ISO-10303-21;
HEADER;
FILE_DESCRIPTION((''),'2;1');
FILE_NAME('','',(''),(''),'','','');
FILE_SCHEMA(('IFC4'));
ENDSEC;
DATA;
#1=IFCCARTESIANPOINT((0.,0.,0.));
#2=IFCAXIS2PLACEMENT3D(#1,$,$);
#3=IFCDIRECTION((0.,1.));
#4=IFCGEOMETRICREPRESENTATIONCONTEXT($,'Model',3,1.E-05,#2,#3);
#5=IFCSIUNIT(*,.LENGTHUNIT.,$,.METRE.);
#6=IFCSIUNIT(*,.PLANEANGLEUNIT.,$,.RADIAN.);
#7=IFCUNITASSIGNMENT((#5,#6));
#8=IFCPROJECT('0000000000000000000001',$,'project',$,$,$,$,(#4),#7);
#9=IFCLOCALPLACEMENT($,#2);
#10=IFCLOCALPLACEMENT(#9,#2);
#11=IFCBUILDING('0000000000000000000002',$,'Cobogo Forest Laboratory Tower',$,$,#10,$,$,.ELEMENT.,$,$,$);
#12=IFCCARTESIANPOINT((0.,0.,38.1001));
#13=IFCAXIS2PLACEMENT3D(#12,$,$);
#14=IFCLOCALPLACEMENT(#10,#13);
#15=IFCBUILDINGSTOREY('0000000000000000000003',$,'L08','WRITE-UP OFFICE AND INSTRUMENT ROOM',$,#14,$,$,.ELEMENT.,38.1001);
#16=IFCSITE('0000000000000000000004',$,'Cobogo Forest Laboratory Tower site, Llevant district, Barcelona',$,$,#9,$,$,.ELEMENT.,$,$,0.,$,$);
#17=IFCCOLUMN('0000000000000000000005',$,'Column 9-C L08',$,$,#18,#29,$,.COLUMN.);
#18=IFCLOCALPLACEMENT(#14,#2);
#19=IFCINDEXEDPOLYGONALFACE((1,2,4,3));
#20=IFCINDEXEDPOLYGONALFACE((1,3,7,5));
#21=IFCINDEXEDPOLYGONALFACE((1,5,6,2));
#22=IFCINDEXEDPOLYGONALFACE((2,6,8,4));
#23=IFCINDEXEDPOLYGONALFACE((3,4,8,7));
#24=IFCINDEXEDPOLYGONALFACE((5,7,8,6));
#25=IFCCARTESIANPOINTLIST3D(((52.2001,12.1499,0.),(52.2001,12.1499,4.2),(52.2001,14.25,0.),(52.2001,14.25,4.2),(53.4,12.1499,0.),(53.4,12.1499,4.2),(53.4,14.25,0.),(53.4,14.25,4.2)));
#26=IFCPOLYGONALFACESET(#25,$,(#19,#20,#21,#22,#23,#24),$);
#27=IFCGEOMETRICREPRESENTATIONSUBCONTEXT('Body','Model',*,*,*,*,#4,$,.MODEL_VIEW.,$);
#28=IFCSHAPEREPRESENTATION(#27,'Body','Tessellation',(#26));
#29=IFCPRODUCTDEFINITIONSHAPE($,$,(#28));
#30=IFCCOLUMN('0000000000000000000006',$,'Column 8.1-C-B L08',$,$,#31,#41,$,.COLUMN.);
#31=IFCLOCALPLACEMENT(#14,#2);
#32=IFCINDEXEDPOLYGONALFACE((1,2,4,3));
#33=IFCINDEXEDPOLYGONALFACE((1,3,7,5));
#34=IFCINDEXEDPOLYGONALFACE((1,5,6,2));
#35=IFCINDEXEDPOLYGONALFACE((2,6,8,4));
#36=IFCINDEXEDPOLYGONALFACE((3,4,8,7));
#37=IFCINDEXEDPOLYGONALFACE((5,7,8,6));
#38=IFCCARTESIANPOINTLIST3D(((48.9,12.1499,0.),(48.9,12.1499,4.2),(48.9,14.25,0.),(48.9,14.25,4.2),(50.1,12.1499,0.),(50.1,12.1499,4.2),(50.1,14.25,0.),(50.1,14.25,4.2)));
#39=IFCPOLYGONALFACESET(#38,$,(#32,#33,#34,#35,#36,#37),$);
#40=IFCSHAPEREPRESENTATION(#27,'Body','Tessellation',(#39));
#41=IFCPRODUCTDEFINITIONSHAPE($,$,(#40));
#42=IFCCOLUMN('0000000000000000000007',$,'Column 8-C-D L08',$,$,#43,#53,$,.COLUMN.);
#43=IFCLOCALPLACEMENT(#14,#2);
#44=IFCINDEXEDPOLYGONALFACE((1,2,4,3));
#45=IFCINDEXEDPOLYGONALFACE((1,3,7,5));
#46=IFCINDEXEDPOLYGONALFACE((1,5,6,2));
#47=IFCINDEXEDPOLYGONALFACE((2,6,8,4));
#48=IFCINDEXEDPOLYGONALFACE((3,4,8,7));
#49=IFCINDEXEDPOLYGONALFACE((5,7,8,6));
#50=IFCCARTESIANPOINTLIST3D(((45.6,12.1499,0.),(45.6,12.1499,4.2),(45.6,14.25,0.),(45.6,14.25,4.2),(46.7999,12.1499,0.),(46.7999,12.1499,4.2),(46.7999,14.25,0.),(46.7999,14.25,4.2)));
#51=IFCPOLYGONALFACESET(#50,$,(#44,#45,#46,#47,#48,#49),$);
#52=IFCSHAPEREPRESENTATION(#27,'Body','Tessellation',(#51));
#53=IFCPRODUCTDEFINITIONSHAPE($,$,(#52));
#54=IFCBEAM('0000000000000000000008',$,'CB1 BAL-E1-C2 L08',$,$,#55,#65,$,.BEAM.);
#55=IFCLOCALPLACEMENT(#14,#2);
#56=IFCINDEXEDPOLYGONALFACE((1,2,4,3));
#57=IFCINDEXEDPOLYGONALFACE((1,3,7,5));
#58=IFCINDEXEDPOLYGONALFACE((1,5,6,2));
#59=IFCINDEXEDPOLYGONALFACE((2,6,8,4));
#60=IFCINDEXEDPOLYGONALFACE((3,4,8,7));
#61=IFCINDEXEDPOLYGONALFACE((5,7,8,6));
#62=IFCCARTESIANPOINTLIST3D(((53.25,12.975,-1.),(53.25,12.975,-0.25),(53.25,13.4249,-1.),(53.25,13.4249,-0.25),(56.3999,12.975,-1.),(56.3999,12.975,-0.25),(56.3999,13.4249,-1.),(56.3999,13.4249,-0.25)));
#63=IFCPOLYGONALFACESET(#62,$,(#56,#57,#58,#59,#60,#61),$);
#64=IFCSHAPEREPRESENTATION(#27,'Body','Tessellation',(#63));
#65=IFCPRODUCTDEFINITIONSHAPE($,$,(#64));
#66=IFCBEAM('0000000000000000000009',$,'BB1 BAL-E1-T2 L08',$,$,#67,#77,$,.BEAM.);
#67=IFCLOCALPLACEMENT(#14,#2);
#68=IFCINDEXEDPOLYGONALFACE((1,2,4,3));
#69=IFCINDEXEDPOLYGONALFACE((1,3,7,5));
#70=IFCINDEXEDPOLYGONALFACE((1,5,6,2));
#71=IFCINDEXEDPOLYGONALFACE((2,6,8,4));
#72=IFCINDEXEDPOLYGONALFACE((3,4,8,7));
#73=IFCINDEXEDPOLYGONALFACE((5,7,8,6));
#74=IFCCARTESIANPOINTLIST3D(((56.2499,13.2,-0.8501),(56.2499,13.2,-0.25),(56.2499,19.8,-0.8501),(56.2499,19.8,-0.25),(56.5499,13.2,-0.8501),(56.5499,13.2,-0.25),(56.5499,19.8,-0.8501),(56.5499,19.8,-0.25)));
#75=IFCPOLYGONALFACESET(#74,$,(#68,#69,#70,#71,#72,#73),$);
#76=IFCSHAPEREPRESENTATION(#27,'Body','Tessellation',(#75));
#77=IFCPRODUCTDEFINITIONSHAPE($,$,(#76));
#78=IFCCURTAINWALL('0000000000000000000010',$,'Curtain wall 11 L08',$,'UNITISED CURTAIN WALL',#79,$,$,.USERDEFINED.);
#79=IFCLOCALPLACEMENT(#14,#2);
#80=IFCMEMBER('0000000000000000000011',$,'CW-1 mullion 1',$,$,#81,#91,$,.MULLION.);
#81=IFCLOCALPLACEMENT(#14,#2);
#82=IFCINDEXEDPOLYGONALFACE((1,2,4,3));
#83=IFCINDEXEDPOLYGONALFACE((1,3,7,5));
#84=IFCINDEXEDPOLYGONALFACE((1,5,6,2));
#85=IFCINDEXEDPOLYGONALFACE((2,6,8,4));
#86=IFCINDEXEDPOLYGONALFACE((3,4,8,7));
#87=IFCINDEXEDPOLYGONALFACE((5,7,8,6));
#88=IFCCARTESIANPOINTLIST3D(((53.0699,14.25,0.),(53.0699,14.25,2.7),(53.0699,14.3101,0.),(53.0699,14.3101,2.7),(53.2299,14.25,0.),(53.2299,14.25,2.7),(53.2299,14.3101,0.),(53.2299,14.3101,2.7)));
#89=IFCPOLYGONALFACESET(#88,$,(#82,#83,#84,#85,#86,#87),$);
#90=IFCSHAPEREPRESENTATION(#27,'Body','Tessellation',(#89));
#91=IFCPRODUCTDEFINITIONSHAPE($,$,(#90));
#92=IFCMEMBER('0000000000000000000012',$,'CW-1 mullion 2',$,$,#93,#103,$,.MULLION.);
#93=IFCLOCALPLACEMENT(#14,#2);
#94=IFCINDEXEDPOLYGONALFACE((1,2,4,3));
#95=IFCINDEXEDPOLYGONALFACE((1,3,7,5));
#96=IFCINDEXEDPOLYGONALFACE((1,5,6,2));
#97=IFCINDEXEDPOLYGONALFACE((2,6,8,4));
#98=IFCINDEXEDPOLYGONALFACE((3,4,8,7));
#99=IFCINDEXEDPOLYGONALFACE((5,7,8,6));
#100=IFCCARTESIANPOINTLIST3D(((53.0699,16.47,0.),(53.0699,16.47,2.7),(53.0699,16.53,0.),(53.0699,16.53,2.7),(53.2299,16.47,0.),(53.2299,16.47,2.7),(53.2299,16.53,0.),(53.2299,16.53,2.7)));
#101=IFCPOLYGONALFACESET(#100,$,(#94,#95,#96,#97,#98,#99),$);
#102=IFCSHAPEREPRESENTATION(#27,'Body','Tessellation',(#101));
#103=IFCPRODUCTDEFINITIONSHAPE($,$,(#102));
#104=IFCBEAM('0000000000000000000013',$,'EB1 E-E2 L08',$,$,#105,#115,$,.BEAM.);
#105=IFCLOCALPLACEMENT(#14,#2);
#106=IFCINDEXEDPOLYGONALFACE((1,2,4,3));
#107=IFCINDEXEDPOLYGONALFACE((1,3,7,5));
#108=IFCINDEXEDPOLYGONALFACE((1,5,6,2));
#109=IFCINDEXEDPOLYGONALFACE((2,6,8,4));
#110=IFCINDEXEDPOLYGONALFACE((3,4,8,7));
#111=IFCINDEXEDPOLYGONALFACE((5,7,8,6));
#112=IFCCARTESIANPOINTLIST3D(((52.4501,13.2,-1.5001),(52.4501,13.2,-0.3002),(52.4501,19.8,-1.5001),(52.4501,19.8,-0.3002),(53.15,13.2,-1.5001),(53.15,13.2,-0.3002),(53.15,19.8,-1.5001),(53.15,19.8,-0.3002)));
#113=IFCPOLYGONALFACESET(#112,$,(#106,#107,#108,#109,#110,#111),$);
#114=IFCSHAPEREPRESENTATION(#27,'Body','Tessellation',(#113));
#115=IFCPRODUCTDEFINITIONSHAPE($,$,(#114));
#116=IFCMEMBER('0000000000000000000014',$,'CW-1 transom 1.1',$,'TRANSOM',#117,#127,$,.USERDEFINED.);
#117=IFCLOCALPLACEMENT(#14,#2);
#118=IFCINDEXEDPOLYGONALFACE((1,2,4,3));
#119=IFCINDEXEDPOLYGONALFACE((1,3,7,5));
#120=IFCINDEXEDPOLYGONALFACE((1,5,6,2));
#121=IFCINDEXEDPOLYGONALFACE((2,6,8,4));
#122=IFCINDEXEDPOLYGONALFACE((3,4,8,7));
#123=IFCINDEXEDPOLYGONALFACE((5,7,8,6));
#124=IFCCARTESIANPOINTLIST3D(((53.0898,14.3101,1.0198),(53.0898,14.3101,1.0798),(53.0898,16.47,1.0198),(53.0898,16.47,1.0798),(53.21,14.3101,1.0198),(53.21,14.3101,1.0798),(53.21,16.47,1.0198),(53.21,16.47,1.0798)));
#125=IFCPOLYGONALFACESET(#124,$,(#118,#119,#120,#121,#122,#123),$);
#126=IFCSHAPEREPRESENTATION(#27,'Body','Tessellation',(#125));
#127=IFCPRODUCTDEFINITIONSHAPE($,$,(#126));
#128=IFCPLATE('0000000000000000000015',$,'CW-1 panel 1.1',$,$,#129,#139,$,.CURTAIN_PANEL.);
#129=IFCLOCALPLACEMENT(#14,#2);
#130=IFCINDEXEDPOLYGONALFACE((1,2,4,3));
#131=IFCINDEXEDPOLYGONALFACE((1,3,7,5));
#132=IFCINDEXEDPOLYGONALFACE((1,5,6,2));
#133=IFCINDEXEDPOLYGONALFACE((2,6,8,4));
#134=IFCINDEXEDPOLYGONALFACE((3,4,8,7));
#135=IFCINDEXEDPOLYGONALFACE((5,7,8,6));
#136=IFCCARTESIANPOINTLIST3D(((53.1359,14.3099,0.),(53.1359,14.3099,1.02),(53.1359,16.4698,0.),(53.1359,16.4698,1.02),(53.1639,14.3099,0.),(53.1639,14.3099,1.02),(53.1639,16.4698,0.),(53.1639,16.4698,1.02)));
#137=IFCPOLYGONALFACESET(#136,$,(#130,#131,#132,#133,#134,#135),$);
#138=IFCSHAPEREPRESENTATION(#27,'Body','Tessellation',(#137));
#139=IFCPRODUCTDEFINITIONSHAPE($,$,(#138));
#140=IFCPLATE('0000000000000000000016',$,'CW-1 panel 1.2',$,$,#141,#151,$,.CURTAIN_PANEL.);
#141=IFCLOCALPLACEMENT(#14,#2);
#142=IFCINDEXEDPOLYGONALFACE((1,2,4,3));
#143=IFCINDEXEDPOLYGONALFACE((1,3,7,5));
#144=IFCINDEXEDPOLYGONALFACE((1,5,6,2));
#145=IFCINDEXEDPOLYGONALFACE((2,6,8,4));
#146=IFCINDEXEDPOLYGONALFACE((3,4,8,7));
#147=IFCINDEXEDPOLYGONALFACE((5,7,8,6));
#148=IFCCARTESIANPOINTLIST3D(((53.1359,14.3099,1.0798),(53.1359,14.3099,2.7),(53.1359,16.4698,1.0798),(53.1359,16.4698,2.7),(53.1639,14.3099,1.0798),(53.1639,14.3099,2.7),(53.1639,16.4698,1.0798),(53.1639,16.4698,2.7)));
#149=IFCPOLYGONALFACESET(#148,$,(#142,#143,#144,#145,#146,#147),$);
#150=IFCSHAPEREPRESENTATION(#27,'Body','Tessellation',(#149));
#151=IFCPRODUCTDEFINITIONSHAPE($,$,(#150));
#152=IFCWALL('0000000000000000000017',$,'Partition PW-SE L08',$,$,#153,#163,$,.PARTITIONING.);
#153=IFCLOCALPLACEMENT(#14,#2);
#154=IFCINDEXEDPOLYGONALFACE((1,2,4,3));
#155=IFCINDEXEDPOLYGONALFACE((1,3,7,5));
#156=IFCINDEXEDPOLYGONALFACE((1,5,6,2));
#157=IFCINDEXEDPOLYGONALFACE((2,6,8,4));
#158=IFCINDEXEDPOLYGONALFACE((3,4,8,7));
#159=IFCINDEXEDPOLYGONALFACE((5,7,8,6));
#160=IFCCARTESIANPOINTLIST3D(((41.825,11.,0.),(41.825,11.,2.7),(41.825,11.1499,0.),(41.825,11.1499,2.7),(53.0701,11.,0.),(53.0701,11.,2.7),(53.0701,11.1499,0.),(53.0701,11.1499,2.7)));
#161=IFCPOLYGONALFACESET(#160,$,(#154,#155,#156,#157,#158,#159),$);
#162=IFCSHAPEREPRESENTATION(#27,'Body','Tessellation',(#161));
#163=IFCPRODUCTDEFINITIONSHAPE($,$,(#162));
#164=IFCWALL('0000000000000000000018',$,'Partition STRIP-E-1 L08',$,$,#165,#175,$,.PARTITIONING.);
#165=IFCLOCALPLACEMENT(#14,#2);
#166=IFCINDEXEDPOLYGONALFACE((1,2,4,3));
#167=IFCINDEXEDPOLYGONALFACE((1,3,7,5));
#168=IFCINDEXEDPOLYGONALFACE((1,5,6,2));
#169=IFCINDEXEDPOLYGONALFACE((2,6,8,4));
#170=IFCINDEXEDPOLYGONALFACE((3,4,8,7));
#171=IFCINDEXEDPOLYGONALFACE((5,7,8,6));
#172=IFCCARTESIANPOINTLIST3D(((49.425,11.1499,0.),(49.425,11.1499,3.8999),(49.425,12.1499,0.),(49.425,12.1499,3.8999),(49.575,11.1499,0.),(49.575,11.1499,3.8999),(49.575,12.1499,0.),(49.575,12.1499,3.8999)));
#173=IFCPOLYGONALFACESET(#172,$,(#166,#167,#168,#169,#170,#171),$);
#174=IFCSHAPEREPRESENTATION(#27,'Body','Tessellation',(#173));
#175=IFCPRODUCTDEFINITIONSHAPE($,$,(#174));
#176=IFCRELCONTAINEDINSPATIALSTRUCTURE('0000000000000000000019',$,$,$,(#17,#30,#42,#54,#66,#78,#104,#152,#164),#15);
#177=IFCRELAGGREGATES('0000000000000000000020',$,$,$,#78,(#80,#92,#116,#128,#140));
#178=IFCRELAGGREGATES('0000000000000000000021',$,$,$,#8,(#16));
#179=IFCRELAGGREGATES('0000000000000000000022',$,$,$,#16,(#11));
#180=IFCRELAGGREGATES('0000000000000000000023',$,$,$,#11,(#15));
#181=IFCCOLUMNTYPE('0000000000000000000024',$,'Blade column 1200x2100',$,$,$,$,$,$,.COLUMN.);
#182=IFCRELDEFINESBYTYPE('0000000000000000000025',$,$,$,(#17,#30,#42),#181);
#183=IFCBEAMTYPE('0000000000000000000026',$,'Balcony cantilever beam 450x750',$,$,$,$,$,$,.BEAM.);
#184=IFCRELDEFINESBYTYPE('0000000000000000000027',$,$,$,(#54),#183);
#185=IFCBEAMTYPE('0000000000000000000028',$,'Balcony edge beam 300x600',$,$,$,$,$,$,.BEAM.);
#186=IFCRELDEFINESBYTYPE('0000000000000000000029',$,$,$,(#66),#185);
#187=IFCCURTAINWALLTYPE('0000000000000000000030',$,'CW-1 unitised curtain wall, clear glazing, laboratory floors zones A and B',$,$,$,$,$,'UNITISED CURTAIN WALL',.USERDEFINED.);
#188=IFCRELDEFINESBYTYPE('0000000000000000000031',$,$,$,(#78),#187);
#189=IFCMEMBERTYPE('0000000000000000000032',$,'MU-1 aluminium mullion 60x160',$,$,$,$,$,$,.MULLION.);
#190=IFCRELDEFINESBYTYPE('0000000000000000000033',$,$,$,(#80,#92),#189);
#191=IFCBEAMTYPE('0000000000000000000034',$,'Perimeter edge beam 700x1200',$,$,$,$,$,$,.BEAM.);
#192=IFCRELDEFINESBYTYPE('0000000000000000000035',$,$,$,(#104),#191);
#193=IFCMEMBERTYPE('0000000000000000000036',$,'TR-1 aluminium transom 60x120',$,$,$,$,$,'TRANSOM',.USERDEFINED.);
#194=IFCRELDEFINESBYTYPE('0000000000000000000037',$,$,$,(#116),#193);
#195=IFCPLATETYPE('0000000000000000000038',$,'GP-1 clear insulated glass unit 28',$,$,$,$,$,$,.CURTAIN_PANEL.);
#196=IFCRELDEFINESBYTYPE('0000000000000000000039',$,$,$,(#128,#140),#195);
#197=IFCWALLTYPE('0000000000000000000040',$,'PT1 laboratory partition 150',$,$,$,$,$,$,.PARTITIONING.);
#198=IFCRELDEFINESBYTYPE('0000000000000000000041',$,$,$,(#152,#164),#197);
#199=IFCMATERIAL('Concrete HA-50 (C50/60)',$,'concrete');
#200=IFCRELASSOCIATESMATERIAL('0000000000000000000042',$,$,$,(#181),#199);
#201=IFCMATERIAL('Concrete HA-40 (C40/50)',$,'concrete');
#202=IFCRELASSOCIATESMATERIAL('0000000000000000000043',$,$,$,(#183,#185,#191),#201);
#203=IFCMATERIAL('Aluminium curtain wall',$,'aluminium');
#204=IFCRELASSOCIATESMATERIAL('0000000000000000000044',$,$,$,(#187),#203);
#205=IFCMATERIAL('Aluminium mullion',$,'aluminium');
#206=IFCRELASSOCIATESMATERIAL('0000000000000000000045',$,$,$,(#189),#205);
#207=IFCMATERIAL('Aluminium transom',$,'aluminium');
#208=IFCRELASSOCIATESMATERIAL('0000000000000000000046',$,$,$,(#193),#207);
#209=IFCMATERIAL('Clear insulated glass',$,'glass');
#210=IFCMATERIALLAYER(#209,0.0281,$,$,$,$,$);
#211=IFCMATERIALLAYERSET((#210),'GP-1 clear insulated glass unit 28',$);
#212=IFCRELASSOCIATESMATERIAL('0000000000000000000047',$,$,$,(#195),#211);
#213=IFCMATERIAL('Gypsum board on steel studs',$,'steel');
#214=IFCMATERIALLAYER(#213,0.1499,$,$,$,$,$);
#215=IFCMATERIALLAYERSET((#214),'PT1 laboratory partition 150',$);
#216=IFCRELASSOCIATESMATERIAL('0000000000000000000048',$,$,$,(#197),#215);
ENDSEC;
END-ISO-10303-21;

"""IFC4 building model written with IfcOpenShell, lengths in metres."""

from ifc_helpers import new_model, si_unit, direction, frame, frame_2d, origin, origin_2d, place, context, subcontext, project, spatial, rectangle, extrude, material, layer, layer_set, material_profile, profile_set, type_object, element, aggregate, save


model = new_model("IFC4")

# Units and contexts
model_context = context("Model", 3, precision=1e-05, world=origin(), true_north=direction((0.0, 1.0)))
body_context = subcontext(model_context, "Body", "Model", "MODEL_VIEW")
ifc_project = project(units=[si_unit("LENGTHUNIT", "METRE"), si_unit("PLANEANGLEUNIT", "RADIAN")], contexts=[model_context])

# Site, building, storey
site_placement = place(None, origin())
site = spatial("IfcSite", under=ifc_project, at=site_placement, Name="Cobogo Forest Laboratory Tower site, Llevant district, Barcelona", CompositionType="ELEMENT", RefElevation=0.0)
building_placement = place(site_placement, origin())
building = spatial("IfcBuilding", under=site, at=building_placement, Name="Cobogo Forest Laboratory Tower", CompositionType="ELEMENT")
storey_placement = place(building_placement, frame((0.0, 0.0, 38.1001)))
storey = spatial("IfcBuildingStorey", under=building, at=storey_placement, Name="L08", Description="WRITE-UP OFFICE AND INSTRUMENT ROOM", CompositionType="ELEMENT", Elevation=38.1001)

# Columns
ifc_material_1 = material(Name="Concrete HA-50 (C50/60)", Category="concrete")
ifc_material_profile_1 = material_profile(ifc_material_1, rectangle(XDim=2.1001, YDim=1.2, at=origin_2d()), Name="RC 1200x2100")
ifc_profile_set_1 = profile_set([ifc_material_profile_1], Name="Concrete HA-50 (C50/60)")
column_type = type_object("IfcColumnType", Name="Blade column 1200x2100", PredefinedType="COLUMN", material=ifc_profile_set_1)
for number, where, z_axis, x_axis, name in (
    (1, (52.8, 13.2, 0.0), (0.0, 0.0, 1.0), (0.0, 1.0, 0.0), "Column 9-C L08"),
    (2, (49.5, 13.2, 0.0), (0.0, 0.0, 1.0), (0.0, 1.0, 0.0), "Column 8.1-C-B L08"),
    (3, (46.2, 13.2, 0.0), (0.0, 0.0, 1.0), (0.0, 1.0, 0.0), "Column 8-C-D L08"),
):
    element("IfcColumn", number, at=place(storey_placement, frame(where, z_axis=z_axis, x_axis=x_axis)), inside=storey, type_object=column_type, Name=name, PredefinedType="COLUMN", context=body_context, shape_type="SweptSolid", body=[
        extrude(rectangle(XDim=2.1001, YDim=1.2, at=origin_2d()), origin(), (0.0, 0.0, 1.0), 4.2),
    ])

# Beams
ifc_material_2 = material(Name="Concrete HA-40 (C40/50)", Category="concrete")
ifc_material_profile_2 = material_profile(ifc_material_2, rectangle(XDim=0.45, YDim=0.75, at=origin_2d()), Name="RC 450x750")
ifc_profile_set_2 = profile_set([ifc_material_profile_2], Name="Concrete HA-40 (C40/50)")
beam_type_1 = type_object("IfcBeamType", Name="Balcony cantilever beam 450x750", PredefinedType="BEAM", material=ifc_profile_set_2)
beam_1_placement = place(storey_placement, frame((53.25, 13.2, -0.625), z_axis=(1.0, 0.0, 0.0), x_axis=(0.0, 1.0, 0.0)))
element("IfcBeam", 4, at=beam_1_placement, inside=storey, type_object=beam_type_1, Name="CB1 BAL-E1-C2 L08", PredefinedType="BEAM", context=body_context, shape_type="SweptSolid", body=[
    extrude(rectangle(XDim=0.45, YDim=0.75, at=origin_2d()), origin(), (0.0, 0.0, 1.0), 3.1499),
])
ifc_material_profile_3 = material_profile(ifc_material_2, rectangle(XDim=0.3, YDim=0.6001, at=origin_2d()), Name="RC 300x600")
ifc_profile_set_3 = profile_set([ifc_material_profile_3], Name="Concrete HA-40 (C40/50)")
beam_type_2 = type_object("IfcBeamType", Name="Balcony edge beam 300x600", PredefinedType="BEAM", material=ifc_profile_set_3)
beam_2_placement = place(storey_placement, frame((56.3999, 13.2, -0.55), z_axis=(0.0, 1.0, 0.0), x_axis=(-1.0, 0.0, 0.0)))
element("IfcBeam", 5, at=beam_2_placement, inside=storey, type_object=beam_type_2, Name="BB1 BAL-E1-T2 L08", PredefinedType="BEAM", context=body_context, shape_type="SweptSolid", body=[
    extrude(rectangle(XDim=0.3, YDim=0.6001, at=origin_2d()), origin(), (0.0, 0.0, 1.0), 6.6001),
])

# Curtain wall, members
ifc_material_3 = material(Name="Aluminium curtain wall", Category="aluminium")
curtain_wall_type = type_object("IfcCurtainWallType", Name="CW-1 unitised curtain wall, clear glazing, laboratory floors zones A and B", ElementType="UNITISED CURTAIN WALL", PredefinedType="USERDEFINED", material=ifc_material_3)
curtain_wall_placement = place(storey_placement, origin())
curtain_wall = element("IfcCurtainWall", 6, at=curtain_wall_placement, inside=storey, type_object=curtain_wall_type, Name="Curtain wall 11 L08", ObjectType="UNITISED CURTAIN WALL", PredefinedType="USERDEFINED")
ifc_material_4 = material(Name="Aluminium mullion", Category="aluminium")
ifc_material_profile_4 = material_profile(ifc_material_4, rectangle(XDim=0.0601, YDim=0.1599, at=origin_2d()), Name="AL 60x160")
ifc_profile_set_4 = profile_set([ifc_material_profile_4], Name="Aluminium mullion")
member_type_1 = type_object("IfcMemberType", Name="MU-1 aluminium mullion 60x160", PredefinedType="MULLION", material=ifc_profile_set_4)
member_1_placement = place(storey_placement, frame((53.1499, 14.28, 0.0), z_axis=(0.0, 0.0, 1.0), x_axis=(0.0, 1.0, 0.0)))
member_1 = element("IfcMember", 7, at=member_1_placement, type_object=member_type_1, Name="CW-1 mullion 1", PredefinedType="MULLION", context=body_context, shape_type="SweptSolid", body=[
    extrude(rectangle(XDim=0.0601, YDim=0.1599, at=origin_2d()), origin(), (0.0, 0.0, 1.0), 2.7),
])
member_2_placement = place(storey_placement, frame((53.1499, 16.5, 0.0), z_axis=(0.0, 0.0, 1.0), x_axis=(0.0, 1.0, 0.0)))
member_2 = element("IfcMember", 8, at=member_2_placement, type_object=member_type_1, Name="CW-1 mullion 2", PredefinedType="MULLION", context=body_context, shape_type="SweptSolid", body=[
    extrude(rectangle(XDim=0.0601, YDim=0.1599, at=origin_2d()), origin(), (0.0, 0.0, 1.0), 2.7),
])

# Beam
ifc_material_profile_5 = material_profile(ifc_material_2, rectangle(XDim=0.7, YDim=1.2, at=origin_2d()), Name="RC 700x1200")
ifc_profile_set_5 = profile_set([ifc_material_profile_5], Name="Concrete HA-40 (C40/50)")
beam_type_3 = type_object("IfcBeamType", Name="Perimeter edge beam 700x1200", PredefinedType="BEAM", material=ifc_profile_set_5)
beam_3_placement = place(storey_placement, frame((52.8, 13.2, -0.9001), z_axis=(0.0, 1.0, 0.0), x_axis=(-1.0, 0.0, 0.0)))
element("IfcBeam", 9, at=beam_3_placement, inside=storey, type_object=beam_type_3, Name="EB1 E-E2 L08", PredefinedType="BEAM", context=body_context, shape_type="SweptSolid", body=[
    extrude(rectangle(XDim=0.7, YDim=1.2, at=origin_2d()), origin(), (0.0, 0.0, 1.0), 6.6001),
])

# Member
ifc_material_5 = material(Name="Aluminium transom", Category="aluminium")
ifc_material_profile_6 = material_profile(ifc_material_5, rectangle(XDim=0.1201, YDim=0.0601, at=origin_2d()), Name="AL 60x120")
ifc_profile_set_6 = profile_set([ifc_material_profile_6], Name="Aluminium transom")
member_type_2 = type_object("IfcMemberType", Name="TR-1 aluminium transom 60x120", ElementType="TRANSOM", PredefinedType="USERDEFINED", material=ifc_profile_set_6)
member_3_placement = place(storey_placement, frame((53.1499, 14.3101, 1.0498), z_axis=(0.0, 1.0, 0.0), x_axis=(-1.0, 0.0, 0.0)))
member_3 = element("IfcMember", 10, at=member_3_placement, type_object=member_type_2, Name="CW-1 transom 1.1", ObjectType="TRANSOM", PredefinedType="USERDEFINED", context=body_context, shape_type="SweptSolid", body=[
    extrude(rectangle(XDim=0.1201, YDim=0.0601, at=origin_2d()), origin(), (0.0, 0.0, 1.0), 2.1599),
])

# Plates
ifc_material_6 = material(Name="Clear insulated glass", Category="glass")
ifc_layer_1 = layer(ifc_material_6, 0.0281)
ifc_layer_set_1 = layer_set([ifc_layer_1], Name="GP-1 clear insulated glass unit 28")
plate_type = type_object("IfcPlateType", Name="GP-1 clear insulated glass unit 28", PredefinedType="CURTAIN_PANEL", material=ifc_layer_set_1)
plate_1_placement = place(storey_placement, frame((53.1499, 15.3899, 0.0), z_axis=(0.0, 0.0, 1.0), x_axis=(0.0, 1.0, 0.0)))
plate_1 = element("IfcPlate", 11, at=plate_1_placement, type_object=plate_type, Name="CW-1 panel 1.1", PredefinedType="CURTAIN_PANEL", context=body_context, shape_type="SweptSolid", body=[
    extrude(rectangle(XDim=2.1599, YDim=0.0281, at=origin_2d()), origin(), (0.0, 0.0, 1.0), 1.02),
])
plate_2_placement = place(storey_placement, frame((53.1499, 15.3899, 1.0798), z_axis=(0.0, 0.0, 1.0), x_axis=(0.0, 1.0, 0.0)))
plate_2 = element("IfcPlate", 12, at=plate_2_placement, type_object=plate_type, Name="CW-1 panel 1.2", PredefinedType="CURTAIN_PANEL", context=body_context, shape_type="SweptSolid", body=[
    extrude(rectangle(XDim=2.1599, YDim=0.0281, at=origin_2d()), origin(), (0.0, 0.0, 1.0), 1.6201),
])
aggregate(curtain_wall, [member_1, member_2, member_3, plate_1, plate_2])

# Walls
ifc_material_7 = material(Name="Gypsum board on steel studs", Category="steel")
ifc_layer_2 = layer(ifc_material_7, 0.1499)
ifc_layer_set_2 = layer_set([ifc_layer_2], Name="PT1 laboratory partition 150")
wall_type_1 = type_object("IfcWallType", Name="PT1 laboratory partition 150", PredefinedType="PARTITIONING", material=ifc_layer_set_2)
wall_1_placement = place(storey_placement, frame((53.0701, 11.075, 0.0), z_axis=(0.0, 0.0, 1.0), x_axis=(-1.0, 0.0, 0.0)))
element("IfcWall", 13, at=wall_1_placement, inside=storey, type_object=wall_type_1, Name="Partition PW-SE L08", PredefinedType="PARTITIONING", context=body_context, shape_type="SweptSolid", body=[
    extrude(rectangle(XDim=11.2451, YDim=0.1499, at=frame_2d((5.6226, 0.0))), origin(), (0.0, 0.0, 1.0), 2.7),
])
wall_2_placement = place(storey_placement, frame((49.5, 11.1499, 0.0), z_axis=(0.0, 0.0, 1.0), x_axis=(0.0, 1.0, 0.0)))
element("IfcWall", 14, at=wall_2_placement, inside=storey, type_object=wall_type_1, Name="Partition STRIP-E-1 L08", PredefinedType="PARTITIONING", context=body_context, shape_type="SweptSolid", body=[
    extrude(rectangle(XDim=1.0, YDim=0.1499, at=frame_2d((0.5, 0.0))), origin(), (0.0, 0.0, 1.0), 3.8999),
])

save(model, "model.ifc")
